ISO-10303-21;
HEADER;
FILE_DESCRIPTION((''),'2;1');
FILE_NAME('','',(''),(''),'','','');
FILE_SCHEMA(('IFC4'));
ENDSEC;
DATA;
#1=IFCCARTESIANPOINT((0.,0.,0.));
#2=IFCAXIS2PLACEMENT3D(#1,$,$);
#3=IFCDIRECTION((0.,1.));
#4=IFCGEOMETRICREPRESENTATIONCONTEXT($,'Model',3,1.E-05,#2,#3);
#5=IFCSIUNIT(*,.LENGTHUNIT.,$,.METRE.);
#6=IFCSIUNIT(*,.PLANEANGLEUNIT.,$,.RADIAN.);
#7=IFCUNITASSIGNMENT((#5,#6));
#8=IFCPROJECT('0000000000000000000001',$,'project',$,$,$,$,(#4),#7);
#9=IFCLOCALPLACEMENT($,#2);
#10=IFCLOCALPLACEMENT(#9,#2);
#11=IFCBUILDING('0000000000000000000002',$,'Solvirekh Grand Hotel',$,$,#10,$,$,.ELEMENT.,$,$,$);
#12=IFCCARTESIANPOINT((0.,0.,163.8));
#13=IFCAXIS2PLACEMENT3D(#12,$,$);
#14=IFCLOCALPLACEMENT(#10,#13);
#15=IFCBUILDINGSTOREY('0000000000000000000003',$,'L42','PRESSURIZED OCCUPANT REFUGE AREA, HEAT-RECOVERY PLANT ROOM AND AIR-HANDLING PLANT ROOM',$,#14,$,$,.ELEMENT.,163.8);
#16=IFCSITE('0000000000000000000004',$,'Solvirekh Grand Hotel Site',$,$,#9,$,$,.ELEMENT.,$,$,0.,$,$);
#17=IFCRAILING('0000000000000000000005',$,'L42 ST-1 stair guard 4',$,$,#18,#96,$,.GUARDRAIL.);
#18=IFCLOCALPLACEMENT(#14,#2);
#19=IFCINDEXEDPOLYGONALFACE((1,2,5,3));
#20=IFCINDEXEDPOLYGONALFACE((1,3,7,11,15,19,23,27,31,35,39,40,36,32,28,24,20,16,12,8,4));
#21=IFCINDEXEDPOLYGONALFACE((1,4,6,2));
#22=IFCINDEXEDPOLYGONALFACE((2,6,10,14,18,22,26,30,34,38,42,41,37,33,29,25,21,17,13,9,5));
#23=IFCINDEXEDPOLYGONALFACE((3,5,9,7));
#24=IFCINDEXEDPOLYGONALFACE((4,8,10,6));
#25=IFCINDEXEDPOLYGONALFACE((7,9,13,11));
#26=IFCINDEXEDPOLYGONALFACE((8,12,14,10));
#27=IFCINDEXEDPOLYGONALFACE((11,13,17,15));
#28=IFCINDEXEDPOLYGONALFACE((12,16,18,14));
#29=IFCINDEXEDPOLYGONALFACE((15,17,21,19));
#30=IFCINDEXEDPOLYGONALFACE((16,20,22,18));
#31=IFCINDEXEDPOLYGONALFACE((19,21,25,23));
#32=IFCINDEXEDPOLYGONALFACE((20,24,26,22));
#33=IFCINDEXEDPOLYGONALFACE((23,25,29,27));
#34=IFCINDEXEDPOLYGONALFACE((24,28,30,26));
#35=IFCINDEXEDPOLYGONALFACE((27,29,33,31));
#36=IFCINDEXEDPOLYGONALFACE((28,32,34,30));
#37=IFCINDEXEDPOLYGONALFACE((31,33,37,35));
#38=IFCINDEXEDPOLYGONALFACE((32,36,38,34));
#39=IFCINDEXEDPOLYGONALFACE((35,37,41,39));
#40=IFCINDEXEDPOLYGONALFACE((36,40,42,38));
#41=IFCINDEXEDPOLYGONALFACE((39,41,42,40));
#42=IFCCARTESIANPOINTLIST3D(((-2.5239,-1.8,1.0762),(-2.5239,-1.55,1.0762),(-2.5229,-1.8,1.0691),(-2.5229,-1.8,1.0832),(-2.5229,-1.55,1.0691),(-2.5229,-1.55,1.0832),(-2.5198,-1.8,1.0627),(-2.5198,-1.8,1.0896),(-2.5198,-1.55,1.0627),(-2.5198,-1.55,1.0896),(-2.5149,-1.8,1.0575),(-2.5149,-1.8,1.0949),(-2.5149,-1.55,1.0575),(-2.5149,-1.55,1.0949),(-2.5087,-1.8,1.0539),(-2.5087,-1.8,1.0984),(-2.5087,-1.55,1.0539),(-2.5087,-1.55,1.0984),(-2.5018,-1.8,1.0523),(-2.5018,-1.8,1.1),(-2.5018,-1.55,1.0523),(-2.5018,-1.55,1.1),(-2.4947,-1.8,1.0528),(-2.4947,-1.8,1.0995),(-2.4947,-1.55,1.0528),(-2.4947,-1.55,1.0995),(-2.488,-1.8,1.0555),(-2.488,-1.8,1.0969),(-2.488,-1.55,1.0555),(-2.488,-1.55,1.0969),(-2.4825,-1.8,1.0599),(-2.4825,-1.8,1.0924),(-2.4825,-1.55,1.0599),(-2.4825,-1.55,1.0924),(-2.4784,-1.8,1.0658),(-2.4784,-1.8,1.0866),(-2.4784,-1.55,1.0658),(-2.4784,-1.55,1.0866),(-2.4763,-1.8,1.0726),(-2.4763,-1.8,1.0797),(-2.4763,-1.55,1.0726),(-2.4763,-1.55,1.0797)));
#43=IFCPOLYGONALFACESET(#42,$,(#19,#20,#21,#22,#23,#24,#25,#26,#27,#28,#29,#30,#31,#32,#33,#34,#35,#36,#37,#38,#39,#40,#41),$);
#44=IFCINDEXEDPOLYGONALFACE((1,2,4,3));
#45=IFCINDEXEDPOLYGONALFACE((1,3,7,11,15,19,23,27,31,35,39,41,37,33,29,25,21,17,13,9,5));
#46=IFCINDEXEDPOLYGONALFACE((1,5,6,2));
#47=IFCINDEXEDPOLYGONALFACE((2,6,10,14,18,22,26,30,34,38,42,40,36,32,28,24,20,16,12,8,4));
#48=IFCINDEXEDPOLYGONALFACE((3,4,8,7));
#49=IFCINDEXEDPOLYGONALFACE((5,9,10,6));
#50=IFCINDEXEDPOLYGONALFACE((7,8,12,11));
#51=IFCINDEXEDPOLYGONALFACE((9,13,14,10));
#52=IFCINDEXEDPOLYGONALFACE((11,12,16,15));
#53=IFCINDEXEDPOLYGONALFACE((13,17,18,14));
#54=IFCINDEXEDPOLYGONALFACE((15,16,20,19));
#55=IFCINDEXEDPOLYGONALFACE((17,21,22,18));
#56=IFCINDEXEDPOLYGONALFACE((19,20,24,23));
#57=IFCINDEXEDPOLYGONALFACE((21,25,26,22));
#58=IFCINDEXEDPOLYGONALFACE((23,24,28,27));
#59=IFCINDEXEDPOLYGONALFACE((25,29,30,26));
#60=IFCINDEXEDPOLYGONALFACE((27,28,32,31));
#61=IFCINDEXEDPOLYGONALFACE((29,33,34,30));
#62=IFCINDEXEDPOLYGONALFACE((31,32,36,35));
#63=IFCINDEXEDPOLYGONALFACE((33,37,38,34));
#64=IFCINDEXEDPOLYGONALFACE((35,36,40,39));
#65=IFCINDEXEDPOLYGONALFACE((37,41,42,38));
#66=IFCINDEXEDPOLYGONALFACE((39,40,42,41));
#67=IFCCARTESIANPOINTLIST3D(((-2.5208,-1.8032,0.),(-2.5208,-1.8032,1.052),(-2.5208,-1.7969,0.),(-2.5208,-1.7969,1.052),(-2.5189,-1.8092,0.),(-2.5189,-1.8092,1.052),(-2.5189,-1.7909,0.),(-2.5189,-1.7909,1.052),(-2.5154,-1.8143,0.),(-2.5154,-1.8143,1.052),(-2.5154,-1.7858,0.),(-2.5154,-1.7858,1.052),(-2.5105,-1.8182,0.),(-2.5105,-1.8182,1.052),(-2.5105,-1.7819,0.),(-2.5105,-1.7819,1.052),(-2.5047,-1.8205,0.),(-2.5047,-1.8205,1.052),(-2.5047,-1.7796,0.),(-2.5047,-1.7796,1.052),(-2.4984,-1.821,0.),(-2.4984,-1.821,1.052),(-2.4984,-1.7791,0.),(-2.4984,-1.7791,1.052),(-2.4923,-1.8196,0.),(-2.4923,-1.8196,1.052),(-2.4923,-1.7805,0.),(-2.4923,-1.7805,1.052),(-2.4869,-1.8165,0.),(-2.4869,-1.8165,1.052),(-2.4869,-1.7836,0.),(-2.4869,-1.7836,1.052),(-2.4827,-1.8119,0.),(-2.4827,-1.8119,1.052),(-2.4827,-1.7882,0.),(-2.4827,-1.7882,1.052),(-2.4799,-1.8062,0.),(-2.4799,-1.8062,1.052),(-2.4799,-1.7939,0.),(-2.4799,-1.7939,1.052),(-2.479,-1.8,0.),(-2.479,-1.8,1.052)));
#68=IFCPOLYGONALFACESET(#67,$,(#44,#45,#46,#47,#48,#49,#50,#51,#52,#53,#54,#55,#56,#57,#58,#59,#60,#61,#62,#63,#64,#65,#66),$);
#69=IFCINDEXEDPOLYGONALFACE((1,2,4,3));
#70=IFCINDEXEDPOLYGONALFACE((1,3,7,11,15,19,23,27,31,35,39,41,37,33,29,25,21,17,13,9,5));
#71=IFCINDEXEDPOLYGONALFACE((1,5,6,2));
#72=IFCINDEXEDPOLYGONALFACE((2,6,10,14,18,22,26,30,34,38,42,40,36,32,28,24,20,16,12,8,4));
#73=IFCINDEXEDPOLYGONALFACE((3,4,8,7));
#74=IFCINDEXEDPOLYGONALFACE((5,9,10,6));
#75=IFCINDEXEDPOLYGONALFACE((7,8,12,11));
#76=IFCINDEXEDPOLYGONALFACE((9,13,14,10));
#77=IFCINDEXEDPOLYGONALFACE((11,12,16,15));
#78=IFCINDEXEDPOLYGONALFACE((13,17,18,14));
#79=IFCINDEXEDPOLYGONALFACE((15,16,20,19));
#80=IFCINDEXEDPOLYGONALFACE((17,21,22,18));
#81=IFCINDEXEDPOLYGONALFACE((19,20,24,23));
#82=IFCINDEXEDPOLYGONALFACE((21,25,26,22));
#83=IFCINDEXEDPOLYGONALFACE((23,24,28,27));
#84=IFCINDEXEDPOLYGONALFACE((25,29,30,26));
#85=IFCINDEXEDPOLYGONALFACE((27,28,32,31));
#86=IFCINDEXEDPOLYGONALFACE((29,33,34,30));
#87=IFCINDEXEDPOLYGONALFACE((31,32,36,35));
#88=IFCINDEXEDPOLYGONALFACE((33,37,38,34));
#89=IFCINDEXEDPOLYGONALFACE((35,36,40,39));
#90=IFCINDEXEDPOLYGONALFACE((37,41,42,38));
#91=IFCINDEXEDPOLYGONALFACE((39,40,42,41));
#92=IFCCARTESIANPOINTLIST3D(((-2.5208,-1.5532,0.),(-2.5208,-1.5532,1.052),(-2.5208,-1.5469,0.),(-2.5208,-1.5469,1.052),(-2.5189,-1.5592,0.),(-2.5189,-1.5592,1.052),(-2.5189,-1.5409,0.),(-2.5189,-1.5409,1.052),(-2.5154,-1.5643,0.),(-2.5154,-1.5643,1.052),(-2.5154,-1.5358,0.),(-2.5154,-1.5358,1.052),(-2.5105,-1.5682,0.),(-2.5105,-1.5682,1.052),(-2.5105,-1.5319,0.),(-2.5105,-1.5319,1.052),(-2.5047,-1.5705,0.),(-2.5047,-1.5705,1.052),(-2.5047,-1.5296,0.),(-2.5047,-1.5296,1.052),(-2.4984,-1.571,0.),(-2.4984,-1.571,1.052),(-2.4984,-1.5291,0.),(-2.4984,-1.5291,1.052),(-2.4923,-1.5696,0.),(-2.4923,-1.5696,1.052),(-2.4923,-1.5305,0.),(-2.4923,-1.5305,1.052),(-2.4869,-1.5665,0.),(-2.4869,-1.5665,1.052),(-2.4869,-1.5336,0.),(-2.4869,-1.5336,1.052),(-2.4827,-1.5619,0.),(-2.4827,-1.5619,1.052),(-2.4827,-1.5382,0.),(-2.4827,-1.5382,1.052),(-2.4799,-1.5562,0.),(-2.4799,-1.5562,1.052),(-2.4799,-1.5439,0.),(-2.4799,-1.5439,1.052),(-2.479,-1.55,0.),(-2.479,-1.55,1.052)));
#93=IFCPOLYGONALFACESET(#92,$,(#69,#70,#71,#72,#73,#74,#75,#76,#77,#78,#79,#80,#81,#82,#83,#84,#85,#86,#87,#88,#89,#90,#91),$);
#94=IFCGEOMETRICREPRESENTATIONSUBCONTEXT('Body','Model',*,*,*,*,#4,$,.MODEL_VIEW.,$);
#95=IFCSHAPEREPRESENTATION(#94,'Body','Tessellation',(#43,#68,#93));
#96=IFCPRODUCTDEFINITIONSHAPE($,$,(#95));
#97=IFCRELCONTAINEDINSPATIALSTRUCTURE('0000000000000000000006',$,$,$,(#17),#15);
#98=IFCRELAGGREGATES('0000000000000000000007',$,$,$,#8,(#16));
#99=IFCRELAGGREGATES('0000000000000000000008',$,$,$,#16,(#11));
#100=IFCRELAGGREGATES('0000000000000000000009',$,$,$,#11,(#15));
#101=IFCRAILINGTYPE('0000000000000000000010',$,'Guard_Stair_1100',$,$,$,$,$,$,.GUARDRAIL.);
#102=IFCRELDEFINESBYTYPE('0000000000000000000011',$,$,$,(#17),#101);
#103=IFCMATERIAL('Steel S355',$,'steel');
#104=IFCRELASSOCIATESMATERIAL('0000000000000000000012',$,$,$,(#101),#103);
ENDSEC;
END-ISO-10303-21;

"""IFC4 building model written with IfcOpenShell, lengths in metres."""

from ifc_helpers import new_model, si_unit, direction, frame, origin, origin_2d, place, context, subcontext, project, spatial, circle, extrude, material, type_object, element, save


model = new_model("IFC4")

# Units and contexts
model_context = context("Model", 3, precision=1e-05, world=origin(), true_north=direction((0.0, 1.0)))
body_context = subcontext(model_context, "Body", "Model", "MODEL_VIEW")
ifc_project = project(units=[si_unit("LENGTHUNIT", "METRE"), si_unit("PLANEANGLEUNIT", "RADIAN")], contexts=[model_context])

# Site, building, storey
site_placement = place(None, origin())
site = spatial("IfcSite", under=ifc_project, at=site_placement, Name="Solvirekh Grand Hotel Site", CompositionType="ELEMENT", RefElevation=0.0)
building_placement = place(site_placement, origin())
building = spatial("IfcBuilding", under=site, at=building_placement, Name="Solvirekh Grand Hotel", CompositionType="ELEMENT")
storey_placement = place(building_placement, frame((0.0, 0.0, 163.8)))
storey = spatial("IfcBuildingStorey", under=building, at=storey_placement, Name="L42", Description="PRESSURIZED OCCUPANT REFUGE AREA, HEAT-RECOVERY PLANT ROOM AND AIR-HANDLING PLANT ROOM", CompositionType="ELEMENT", Elevation=163.8)

# Shared definitions
ifc_material_1 = material(Name="Steel S355", Category="steel")

# Railing
railing_type_1 = type_object("IfcRailingType", Name="Guard_Stair_1100", PredefinedType="GUARDRAIL", material=ifc_material_1)
railing_1_placement = place(storey_placement, frame((-2.5, -1.8, 0.0)))
element("IfcRailing", 1, at=railing_1_placement, inside=storey, type_object=railing_type_1, Name="L42 ST-1 stair guard 4", PredefinedType="GUARDRAIL", context=body_context, shape_type="SweptSolid", body=[
    extrude(circle(Radius=0.0239, at=origin_2d()), frame((0.0, 0.0, 1.0762), z_axis=(0.0, 1.0, 0.0), x_axis=(-1.0, 0.0, 0.0)), (0.0, 0.0, 1.0), 0.25),
    extrude(circle(Radius=0.021, at=origin_2d()), origin(), (0.0, 0.0, 1.0), 1.052),
    extrude(circle(Radius=0.021, at=origin_2d()), frame((0.0, 0.25, 0.0)), (0.0, 0.0, 1.0), 1.052),
])

save(model, "model.ifc")
